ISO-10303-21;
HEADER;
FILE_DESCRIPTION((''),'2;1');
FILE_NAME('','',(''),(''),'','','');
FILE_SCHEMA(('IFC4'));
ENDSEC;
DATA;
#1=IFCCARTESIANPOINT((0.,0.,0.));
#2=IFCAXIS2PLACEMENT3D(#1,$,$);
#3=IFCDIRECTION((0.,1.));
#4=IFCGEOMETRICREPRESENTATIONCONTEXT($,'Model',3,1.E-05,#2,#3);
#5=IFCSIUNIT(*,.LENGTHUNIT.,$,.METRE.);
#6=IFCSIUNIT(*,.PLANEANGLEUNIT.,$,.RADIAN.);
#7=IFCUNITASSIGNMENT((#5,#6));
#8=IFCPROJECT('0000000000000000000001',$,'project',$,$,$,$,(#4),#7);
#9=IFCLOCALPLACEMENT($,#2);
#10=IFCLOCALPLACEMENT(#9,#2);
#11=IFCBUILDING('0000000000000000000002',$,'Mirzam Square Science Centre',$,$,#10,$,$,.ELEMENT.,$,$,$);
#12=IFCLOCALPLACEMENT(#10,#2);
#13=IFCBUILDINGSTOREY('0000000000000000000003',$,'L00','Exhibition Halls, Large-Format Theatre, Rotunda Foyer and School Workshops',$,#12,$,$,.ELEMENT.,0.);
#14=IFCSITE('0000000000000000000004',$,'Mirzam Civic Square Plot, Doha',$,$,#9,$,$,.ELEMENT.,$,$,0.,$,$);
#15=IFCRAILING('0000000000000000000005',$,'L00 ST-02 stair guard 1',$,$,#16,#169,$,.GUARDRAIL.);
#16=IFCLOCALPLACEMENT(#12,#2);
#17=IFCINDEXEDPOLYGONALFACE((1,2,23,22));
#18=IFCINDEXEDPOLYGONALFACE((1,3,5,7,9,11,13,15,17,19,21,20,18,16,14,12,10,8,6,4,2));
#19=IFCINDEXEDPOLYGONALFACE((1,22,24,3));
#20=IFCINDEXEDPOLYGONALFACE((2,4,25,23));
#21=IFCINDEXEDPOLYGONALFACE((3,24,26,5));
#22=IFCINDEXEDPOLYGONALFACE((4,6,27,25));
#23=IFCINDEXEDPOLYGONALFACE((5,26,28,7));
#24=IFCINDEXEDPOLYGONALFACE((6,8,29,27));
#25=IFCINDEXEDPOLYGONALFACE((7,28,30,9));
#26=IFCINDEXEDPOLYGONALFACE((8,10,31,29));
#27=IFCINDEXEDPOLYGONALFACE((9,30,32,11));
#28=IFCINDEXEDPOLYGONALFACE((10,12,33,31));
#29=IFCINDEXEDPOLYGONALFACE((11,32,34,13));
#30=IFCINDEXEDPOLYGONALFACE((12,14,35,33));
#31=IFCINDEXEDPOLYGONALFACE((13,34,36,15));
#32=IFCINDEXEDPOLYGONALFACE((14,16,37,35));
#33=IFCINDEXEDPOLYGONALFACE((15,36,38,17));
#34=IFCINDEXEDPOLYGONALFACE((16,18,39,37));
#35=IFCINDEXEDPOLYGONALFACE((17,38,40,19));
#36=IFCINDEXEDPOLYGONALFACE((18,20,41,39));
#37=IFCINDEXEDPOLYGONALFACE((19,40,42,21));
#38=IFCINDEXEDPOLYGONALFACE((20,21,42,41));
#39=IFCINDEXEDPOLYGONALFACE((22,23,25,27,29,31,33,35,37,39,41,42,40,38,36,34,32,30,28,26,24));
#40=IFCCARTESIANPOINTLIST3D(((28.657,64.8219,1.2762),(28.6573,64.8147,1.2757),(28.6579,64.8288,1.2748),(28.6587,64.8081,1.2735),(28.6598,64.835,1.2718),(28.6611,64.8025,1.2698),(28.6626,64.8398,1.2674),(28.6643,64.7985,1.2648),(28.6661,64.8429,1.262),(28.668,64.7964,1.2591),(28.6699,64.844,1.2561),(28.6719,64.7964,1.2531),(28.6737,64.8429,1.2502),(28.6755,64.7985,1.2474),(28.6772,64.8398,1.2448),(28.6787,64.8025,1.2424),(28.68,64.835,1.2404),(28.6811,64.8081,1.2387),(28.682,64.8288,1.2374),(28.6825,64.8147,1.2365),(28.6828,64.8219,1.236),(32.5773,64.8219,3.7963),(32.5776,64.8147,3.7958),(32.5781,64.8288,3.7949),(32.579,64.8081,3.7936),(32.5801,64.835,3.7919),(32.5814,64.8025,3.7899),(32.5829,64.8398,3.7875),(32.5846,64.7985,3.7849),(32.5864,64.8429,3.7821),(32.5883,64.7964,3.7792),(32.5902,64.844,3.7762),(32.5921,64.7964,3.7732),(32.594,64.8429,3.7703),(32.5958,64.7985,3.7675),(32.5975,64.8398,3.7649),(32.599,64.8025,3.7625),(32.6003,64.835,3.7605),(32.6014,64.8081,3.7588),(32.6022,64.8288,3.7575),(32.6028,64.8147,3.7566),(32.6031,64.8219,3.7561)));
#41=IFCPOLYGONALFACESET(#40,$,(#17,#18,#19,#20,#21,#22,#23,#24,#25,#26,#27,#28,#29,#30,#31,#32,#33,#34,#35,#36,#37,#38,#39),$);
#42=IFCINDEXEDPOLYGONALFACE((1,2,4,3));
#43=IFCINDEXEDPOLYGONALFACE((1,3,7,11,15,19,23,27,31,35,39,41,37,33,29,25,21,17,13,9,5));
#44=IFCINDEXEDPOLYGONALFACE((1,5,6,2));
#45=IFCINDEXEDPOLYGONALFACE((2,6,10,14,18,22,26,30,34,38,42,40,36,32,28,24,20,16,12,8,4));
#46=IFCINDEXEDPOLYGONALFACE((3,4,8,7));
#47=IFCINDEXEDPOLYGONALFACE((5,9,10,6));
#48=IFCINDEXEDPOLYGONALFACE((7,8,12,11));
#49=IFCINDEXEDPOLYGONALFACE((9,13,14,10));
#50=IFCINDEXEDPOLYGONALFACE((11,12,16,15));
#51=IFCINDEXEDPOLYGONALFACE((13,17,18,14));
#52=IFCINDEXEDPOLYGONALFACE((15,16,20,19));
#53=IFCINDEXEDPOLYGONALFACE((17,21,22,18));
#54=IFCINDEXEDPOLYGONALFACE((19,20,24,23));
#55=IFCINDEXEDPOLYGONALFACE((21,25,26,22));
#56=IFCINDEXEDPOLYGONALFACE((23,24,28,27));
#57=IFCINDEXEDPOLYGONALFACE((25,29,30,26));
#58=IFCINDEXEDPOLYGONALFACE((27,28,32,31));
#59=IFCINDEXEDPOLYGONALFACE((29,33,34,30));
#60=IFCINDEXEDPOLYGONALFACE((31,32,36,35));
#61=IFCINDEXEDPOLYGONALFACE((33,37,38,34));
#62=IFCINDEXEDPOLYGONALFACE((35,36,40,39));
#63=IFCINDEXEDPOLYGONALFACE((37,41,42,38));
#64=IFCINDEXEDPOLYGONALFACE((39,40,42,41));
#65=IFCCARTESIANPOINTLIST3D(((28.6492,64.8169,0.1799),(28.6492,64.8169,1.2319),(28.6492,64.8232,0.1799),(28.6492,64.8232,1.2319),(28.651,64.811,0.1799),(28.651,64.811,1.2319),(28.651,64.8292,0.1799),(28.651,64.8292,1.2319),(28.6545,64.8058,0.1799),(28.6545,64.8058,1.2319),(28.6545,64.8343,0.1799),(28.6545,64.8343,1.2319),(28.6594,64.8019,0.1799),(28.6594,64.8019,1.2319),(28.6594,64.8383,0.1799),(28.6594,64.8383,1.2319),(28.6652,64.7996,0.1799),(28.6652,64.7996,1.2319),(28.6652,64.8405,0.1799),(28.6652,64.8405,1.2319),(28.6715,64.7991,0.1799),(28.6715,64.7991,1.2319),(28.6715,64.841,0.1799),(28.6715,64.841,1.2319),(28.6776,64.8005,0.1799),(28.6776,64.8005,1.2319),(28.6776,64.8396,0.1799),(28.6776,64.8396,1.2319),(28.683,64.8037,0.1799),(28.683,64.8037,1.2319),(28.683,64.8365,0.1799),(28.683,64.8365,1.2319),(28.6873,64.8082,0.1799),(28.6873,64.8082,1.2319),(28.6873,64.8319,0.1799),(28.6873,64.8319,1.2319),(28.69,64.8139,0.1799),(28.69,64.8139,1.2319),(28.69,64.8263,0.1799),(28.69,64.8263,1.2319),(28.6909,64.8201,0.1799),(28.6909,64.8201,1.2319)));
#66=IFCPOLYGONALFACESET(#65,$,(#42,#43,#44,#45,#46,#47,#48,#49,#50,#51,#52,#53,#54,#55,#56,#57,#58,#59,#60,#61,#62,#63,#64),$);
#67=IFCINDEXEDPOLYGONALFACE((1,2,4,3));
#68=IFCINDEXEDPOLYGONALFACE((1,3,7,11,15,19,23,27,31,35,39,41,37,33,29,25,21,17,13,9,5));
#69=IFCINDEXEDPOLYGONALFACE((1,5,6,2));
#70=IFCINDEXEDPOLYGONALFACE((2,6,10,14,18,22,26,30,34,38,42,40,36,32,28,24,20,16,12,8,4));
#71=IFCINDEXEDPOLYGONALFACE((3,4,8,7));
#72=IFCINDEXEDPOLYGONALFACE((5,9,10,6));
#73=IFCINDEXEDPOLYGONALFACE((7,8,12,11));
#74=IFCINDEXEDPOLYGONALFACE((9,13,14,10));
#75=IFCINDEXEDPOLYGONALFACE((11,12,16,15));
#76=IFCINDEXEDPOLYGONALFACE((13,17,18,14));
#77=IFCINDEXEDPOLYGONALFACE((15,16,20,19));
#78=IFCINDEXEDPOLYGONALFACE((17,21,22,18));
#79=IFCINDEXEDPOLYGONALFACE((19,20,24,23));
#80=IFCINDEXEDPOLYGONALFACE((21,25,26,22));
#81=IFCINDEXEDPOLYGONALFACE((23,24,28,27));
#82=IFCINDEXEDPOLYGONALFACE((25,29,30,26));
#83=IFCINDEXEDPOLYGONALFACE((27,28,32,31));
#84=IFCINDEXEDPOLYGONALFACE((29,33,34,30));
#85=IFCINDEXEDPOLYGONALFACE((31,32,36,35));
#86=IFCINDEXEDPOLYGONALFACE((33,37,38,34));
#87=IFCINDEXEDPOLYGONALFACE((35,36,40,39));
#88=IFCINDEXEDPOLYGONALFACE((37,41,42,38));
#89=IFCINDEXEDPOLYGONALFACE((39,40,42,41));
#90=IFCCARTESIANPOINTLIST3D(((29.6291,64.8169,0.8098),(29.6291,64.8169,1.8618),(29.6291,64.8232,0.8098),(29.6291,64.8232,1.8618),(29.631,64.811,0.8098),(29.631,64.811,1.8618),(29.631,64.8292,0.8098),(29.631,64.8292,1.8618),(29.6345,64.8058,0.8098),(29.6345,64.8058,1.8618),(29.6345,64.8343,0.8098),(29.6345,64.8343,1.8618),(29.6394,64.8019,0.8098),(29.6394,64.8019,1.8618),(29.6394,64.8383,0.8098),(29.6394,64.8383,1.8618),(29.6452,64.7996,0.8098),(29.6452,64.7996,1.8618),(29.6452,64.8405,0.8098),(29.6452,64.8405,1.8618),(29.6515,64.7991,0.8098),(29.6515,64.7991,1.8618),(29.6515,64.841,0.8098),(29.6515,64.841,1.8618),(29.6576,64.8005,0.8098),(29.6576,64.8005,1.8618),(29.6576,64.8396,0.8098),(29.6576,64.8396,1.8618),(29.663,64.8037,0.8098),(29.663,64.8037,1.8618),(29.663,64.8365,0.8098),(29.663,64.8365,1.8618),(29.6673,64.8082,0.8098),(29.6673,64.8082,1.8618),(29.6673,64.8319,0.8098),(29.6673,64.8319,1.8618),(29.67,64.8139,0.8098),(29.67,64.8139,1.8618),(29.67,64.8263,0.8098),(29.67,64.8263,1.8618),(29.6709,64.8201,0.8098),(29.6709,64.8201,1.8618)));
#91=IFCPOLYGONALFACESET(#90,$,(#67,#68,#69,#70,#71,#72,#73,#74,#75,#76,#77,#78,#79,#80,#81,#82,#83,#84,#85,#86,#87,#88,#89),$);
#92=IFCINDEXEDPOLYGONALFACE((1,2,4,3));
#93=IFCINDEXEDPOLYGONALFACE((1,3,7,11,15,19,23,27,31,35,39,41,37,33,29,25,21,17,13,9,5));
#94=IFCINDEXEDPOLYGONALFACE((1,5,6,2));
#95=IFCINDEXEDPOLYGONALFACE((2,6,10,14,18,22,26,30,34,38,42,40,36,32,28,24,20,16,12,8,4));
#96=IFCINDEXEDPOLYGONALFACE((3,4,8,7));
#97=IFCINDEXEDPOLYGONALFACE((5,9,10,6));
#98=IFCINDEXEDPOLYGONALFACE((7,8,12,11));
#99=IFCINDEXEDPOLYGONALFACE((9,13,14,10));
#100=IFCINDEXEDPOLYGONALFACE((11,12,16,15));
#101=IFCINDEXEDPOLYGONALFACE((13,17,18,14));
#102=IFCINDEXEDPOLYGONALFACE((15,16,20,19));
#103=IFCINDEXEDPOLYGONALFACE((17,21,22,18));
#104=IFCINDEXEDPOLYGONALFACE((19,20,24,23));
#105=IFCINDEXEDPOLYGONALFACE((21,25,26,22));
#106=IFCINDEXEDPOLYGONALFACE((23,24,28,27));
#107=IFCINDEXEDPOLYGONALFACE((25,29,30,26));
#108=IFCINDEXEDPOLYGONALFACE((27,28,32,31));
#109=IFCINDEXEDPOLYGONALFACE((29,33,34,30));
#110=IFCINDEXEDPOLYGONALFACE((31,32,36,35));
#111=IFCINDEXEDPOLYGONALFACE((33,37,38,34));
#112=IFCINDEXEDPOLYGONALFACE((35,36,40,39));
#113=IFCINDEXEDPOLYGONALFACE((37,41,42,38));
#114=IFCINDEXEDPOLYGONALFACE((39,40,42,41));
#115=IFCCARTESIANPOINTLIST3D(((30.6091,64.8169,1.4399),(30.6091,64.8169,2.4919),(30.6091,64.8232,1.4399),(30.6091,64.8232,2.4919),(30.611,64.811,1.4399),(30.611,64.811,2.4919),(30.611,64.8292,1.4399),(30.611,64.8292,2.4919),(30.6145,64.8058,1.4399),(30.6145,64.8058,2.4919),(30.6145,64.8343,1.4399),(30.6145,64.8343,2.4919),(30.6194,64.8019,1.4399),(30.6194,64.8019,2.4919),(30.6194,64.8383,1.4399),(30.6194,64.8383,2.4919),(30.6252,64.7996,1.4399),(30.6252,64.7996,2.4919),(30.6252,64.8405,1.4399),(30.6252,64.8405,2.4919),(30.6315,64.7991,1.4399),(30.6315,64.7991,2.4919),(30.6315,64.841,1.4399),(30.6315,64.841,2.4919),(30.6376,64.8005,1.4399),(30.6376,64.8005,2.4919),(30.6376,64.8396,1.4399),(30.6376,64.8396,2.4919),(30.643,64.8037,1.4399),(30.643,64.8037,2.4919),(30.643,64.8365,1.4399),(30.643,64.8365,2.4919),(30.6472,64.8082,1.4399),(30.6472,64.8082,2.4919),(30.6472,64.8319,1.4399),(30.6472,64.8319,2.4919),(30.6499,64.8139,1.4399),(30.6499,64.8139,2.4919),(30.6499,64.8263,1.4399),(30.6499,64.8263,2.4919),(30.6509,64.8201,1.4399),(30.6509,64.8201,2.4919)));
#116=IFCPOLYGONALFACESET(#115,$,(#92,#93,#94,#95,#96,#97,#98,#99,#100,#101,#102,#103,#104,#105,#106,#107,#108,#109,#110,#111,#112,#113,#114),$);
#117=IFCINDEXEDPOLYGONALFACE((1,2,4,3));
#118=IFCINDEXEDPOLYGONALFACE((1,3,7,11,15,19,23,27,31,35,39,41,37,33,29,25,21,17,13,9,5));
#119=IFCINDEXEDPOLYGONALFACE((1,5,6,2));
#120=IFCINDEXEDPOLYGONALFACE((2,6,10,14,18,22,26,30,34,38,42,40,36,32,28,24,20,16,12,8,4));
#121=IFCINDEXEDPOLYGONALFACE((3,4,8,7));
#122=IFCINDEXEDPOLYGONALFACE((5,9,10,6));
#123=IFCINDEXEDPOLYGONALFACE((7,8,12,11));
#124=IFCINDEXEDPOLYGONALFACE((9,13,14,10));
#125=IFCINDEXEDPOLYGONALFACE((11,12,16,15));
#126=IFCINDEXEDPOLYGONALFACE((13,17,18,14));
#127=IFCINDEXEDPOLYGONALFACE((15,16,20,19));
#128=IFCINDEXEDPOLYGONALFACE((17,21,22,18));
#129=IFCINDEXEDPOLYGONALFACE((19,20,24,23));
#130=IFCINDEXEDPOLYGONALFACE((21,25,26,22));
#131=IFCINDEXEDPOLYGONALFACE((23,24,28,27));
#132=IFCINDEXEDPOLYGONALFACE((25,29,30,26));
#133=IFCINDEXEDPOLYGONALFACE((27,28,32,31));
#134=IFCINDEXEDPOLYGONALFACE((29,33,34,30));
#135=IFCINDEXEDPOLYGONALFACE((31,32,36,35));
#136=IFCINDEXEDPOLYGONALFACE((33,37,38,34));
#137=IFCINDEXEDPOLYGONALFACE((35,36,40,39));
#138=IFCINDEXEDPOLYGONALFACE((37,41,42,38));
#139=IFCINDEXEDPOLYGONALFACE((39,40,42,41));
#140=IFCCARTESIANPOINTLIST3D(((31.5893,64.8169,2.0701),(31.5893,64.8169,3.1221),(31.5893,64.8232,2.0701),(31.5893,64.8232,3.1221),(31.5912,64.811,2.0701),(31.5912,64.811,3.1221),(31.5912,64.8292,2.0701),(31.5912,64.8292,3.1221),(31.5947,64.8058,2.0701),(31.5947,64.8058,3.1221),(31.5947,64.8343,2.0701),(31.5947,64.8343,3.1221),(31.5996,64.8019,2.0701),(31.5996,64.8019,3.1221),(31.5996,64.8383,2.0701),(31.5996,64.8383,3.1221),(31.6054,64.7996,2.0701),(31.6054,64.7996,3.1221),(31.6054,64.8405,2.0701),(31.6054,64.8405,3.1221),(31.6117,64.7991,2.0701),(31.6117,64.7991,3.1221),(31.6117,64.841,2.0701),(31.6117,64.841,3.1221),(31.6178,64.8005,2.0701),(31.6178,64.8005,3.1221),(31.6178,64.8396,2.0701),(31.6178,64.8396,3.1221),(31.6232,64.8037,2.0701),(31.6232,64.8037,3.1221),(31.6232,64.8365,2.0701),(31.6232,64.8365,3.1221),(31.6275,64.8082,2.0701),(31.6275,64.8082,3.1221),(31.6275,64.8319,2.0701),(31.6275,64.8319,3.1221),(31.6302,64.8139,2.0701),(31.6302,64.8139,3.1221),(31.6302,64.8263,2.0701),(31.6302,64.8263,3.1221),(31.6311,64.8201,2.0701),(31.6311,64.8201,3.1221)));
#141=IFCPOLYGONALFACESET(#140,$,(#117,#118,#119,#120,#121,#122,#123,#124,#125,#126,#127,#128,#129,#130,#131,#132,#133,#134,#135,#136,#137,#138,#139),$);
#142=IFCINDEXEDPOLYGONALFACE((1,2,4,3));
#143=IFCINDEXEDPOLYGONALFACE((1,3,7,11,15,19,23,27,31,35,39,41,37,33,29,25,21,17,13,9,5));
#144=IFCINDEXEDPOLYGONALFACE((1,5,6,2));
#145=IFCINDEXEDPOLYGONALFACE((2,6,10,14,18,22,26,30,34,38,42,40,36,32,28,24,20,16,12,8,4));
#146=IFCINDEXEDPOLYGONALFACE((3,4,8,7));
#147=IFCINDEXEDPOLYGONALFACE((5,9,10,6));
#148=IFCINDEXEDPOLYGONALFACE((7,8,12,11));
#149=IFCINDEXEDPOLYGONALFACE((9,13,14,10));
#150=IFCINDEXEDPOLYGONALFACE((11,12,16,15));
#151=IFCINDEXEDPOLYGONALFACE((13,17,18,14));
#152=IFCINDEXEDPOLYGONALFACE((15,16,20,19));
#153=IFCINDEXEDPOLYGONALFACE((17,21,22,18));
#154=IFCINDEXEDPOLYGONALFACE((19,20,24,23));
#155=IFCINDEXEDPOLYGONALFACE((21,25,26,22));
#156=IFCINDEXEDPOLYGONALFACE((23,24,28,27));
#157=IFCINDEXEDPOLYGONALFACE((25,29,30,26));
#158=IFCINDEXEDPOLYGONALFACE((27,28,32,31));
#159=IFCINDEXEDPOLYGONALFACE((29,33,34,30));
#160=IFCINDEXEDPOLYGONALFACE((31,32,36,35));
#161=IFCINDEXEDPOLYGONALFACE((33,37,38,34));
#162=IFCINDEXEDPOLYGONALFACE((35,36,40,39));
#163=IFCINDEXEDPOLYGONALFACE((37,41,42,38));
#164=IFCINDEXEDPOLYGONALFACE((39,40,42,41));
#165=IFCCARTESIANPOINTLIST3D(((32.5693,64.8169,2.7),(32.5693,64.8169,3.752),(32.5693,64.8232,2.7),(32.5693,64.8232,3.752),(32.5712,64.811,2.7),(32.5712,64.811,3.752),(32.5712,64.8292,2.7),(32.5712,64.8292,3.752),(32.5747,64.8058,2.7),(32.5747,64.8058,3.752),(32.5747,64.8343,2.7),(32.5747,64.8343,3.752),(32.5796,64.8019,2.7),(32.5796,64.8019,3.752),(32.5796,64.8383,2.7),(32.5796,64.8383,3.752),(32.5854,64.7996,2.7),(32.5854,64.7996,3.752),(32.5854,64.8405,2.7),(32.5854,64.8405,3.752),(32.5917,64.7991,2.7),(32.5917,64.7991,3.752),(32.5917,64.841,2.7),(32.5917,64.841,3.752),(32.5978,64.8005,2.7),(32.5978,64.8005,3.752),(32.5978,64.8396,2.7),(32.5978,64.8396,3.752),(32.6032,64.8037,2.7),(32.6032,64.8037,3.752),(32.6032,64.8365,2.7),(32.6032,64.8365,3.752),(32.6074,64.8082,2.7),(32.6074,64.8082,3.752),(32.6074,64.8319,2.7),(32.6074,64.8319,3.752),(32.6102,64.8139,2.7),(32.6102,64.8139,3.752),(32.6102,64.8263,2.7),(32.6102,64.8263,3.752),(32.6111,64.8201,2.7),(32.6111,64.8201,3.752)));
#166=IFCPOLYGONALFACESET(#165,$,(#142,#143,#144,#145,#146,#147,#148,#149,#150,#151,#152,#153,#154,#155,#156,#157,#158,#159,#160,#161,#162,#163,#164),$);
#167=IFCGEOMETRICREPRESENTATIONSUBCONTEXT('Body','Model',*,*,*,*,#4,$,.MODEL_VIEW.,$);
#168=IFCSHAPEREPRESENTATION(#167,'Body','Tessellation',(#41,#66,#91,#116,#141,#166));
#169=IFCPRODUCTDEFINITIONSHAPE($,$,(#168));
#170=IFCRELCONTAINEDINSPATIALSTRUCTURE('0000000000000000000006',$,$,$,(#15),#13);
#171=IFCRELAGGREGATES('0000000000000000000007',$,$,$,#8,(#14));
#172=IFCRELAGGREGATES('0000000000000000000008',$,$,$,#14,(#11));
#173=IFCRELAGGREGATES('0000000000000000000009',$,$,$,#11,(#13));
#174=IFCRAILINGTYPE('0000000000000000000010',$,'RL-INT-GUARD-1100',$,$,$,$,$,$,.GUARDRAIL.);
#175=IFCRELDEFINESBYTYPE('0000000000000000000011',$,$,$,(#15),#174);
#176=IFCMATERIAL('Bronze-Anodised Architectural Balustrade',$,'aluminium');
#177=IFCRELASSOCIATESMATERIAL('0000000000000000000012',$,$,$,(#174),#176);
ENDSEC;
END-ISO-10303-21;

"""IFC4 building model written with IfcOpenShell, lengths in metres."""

from ifc_helpers import new_model, si_unit, direction, frame, origin, origin_2d, place, context, subcontext, project, spatial, circle, extrude, material, type_object, element, save


model = new_model("IFC4")

# Units and contexts
model_context = context("Model", 3, precision=1e-05, world=origin(), true_north=direction((0.0, 1.0)))
body_context = subcontext(model_context, "Body", "Model", "MODEL_VIEW")
ifc_project = project(units=[si_unit("LENGTHUNIT", "METRE"), si_unit("PLANEANGLEUNIT", "RADIAN")], contexts=[model_context])

# Site, building, storey
site_placement = place(None, origin())
site = spatial("IfcSite", under=ifc_project, at=site_placement, Name="Mirzam Civic Square Plot, Doha", CompositionType="ELEMENT", RefElevation=0.0)
building_placement = place(site_placement, origin())
building = spatial("IfcBuilding", under=site, at=building_placement, Name="Mirzam Square Science Centre", CompositionType="ELEMENT")
storey_placement = place(building_placement, origin())
storey = spatial("IfcBuildingStorey", under=building, at=storey_placement, Name="L00", Description="Exhibition Halls, Large-Format Theatre, Rotunda Foyer and School Workshops", CompositionType="ELEMENT", Elevation=0.0)

# Railing
ifc_material_1 = material(Name="Bronze-Anodised Architectural Balustrade", Category="aluminium")
railing_type_1 = type_object("IfcRailingType", Name="RL-INT-GUARD-1100", PredefinedType="GUARDRAIL", material=ifc_material_1)
railing_1_placement = place(storey_placement, frame((28.6699, 64.8201, 0.1799)))
element("IfcRailing", 1, at=railing_1_placement, inside=storey, type_object=railing_type_1, Name="L00 ST-02 stair guard 1", PredefinedType="GUARDRAIL", context=body_context, shape_type="SweptSolid", body=[
    extrude(circle(Radius=0.0239, at=origin_2d()), frame((0.0, 0.0, 1.0762), z_axis=(0.841187, 0.0, 0.540744), x_axis=(0.0, 1.0, 0.0)), (0.0, 0.0, 1.0), 4.6604),
    extrude(circle(Radius=0.021, at=origin_2d()), origin(), (0.0, 0.0, 1.0), 1.052),
    extrude(circle(Radius=0.021, at=origin_2d()), frame((0.98, 0.0, 0.6299)), (0.0, 0.0, 1.0), 1.052),
    extrude(circle(Radius=0.021, at=origin_2d()), frame((1.96, 0.0, 1.26)), (0.0, 0.0, 1.0), 1.052),
    extrude(circle(Radius=0.021, at=origin_2d()), frame((2.9402, 0.0, 1.8901)), (0.0, 0.0, 1.0), 1.052),
    extrude(circle(Radius=0.021, at=origin_2d()), frame((3.9202, 0.0, 2.52)), (0.0, 0.0, 1.0), 1.052),
])

save(model, "model.ifc")
